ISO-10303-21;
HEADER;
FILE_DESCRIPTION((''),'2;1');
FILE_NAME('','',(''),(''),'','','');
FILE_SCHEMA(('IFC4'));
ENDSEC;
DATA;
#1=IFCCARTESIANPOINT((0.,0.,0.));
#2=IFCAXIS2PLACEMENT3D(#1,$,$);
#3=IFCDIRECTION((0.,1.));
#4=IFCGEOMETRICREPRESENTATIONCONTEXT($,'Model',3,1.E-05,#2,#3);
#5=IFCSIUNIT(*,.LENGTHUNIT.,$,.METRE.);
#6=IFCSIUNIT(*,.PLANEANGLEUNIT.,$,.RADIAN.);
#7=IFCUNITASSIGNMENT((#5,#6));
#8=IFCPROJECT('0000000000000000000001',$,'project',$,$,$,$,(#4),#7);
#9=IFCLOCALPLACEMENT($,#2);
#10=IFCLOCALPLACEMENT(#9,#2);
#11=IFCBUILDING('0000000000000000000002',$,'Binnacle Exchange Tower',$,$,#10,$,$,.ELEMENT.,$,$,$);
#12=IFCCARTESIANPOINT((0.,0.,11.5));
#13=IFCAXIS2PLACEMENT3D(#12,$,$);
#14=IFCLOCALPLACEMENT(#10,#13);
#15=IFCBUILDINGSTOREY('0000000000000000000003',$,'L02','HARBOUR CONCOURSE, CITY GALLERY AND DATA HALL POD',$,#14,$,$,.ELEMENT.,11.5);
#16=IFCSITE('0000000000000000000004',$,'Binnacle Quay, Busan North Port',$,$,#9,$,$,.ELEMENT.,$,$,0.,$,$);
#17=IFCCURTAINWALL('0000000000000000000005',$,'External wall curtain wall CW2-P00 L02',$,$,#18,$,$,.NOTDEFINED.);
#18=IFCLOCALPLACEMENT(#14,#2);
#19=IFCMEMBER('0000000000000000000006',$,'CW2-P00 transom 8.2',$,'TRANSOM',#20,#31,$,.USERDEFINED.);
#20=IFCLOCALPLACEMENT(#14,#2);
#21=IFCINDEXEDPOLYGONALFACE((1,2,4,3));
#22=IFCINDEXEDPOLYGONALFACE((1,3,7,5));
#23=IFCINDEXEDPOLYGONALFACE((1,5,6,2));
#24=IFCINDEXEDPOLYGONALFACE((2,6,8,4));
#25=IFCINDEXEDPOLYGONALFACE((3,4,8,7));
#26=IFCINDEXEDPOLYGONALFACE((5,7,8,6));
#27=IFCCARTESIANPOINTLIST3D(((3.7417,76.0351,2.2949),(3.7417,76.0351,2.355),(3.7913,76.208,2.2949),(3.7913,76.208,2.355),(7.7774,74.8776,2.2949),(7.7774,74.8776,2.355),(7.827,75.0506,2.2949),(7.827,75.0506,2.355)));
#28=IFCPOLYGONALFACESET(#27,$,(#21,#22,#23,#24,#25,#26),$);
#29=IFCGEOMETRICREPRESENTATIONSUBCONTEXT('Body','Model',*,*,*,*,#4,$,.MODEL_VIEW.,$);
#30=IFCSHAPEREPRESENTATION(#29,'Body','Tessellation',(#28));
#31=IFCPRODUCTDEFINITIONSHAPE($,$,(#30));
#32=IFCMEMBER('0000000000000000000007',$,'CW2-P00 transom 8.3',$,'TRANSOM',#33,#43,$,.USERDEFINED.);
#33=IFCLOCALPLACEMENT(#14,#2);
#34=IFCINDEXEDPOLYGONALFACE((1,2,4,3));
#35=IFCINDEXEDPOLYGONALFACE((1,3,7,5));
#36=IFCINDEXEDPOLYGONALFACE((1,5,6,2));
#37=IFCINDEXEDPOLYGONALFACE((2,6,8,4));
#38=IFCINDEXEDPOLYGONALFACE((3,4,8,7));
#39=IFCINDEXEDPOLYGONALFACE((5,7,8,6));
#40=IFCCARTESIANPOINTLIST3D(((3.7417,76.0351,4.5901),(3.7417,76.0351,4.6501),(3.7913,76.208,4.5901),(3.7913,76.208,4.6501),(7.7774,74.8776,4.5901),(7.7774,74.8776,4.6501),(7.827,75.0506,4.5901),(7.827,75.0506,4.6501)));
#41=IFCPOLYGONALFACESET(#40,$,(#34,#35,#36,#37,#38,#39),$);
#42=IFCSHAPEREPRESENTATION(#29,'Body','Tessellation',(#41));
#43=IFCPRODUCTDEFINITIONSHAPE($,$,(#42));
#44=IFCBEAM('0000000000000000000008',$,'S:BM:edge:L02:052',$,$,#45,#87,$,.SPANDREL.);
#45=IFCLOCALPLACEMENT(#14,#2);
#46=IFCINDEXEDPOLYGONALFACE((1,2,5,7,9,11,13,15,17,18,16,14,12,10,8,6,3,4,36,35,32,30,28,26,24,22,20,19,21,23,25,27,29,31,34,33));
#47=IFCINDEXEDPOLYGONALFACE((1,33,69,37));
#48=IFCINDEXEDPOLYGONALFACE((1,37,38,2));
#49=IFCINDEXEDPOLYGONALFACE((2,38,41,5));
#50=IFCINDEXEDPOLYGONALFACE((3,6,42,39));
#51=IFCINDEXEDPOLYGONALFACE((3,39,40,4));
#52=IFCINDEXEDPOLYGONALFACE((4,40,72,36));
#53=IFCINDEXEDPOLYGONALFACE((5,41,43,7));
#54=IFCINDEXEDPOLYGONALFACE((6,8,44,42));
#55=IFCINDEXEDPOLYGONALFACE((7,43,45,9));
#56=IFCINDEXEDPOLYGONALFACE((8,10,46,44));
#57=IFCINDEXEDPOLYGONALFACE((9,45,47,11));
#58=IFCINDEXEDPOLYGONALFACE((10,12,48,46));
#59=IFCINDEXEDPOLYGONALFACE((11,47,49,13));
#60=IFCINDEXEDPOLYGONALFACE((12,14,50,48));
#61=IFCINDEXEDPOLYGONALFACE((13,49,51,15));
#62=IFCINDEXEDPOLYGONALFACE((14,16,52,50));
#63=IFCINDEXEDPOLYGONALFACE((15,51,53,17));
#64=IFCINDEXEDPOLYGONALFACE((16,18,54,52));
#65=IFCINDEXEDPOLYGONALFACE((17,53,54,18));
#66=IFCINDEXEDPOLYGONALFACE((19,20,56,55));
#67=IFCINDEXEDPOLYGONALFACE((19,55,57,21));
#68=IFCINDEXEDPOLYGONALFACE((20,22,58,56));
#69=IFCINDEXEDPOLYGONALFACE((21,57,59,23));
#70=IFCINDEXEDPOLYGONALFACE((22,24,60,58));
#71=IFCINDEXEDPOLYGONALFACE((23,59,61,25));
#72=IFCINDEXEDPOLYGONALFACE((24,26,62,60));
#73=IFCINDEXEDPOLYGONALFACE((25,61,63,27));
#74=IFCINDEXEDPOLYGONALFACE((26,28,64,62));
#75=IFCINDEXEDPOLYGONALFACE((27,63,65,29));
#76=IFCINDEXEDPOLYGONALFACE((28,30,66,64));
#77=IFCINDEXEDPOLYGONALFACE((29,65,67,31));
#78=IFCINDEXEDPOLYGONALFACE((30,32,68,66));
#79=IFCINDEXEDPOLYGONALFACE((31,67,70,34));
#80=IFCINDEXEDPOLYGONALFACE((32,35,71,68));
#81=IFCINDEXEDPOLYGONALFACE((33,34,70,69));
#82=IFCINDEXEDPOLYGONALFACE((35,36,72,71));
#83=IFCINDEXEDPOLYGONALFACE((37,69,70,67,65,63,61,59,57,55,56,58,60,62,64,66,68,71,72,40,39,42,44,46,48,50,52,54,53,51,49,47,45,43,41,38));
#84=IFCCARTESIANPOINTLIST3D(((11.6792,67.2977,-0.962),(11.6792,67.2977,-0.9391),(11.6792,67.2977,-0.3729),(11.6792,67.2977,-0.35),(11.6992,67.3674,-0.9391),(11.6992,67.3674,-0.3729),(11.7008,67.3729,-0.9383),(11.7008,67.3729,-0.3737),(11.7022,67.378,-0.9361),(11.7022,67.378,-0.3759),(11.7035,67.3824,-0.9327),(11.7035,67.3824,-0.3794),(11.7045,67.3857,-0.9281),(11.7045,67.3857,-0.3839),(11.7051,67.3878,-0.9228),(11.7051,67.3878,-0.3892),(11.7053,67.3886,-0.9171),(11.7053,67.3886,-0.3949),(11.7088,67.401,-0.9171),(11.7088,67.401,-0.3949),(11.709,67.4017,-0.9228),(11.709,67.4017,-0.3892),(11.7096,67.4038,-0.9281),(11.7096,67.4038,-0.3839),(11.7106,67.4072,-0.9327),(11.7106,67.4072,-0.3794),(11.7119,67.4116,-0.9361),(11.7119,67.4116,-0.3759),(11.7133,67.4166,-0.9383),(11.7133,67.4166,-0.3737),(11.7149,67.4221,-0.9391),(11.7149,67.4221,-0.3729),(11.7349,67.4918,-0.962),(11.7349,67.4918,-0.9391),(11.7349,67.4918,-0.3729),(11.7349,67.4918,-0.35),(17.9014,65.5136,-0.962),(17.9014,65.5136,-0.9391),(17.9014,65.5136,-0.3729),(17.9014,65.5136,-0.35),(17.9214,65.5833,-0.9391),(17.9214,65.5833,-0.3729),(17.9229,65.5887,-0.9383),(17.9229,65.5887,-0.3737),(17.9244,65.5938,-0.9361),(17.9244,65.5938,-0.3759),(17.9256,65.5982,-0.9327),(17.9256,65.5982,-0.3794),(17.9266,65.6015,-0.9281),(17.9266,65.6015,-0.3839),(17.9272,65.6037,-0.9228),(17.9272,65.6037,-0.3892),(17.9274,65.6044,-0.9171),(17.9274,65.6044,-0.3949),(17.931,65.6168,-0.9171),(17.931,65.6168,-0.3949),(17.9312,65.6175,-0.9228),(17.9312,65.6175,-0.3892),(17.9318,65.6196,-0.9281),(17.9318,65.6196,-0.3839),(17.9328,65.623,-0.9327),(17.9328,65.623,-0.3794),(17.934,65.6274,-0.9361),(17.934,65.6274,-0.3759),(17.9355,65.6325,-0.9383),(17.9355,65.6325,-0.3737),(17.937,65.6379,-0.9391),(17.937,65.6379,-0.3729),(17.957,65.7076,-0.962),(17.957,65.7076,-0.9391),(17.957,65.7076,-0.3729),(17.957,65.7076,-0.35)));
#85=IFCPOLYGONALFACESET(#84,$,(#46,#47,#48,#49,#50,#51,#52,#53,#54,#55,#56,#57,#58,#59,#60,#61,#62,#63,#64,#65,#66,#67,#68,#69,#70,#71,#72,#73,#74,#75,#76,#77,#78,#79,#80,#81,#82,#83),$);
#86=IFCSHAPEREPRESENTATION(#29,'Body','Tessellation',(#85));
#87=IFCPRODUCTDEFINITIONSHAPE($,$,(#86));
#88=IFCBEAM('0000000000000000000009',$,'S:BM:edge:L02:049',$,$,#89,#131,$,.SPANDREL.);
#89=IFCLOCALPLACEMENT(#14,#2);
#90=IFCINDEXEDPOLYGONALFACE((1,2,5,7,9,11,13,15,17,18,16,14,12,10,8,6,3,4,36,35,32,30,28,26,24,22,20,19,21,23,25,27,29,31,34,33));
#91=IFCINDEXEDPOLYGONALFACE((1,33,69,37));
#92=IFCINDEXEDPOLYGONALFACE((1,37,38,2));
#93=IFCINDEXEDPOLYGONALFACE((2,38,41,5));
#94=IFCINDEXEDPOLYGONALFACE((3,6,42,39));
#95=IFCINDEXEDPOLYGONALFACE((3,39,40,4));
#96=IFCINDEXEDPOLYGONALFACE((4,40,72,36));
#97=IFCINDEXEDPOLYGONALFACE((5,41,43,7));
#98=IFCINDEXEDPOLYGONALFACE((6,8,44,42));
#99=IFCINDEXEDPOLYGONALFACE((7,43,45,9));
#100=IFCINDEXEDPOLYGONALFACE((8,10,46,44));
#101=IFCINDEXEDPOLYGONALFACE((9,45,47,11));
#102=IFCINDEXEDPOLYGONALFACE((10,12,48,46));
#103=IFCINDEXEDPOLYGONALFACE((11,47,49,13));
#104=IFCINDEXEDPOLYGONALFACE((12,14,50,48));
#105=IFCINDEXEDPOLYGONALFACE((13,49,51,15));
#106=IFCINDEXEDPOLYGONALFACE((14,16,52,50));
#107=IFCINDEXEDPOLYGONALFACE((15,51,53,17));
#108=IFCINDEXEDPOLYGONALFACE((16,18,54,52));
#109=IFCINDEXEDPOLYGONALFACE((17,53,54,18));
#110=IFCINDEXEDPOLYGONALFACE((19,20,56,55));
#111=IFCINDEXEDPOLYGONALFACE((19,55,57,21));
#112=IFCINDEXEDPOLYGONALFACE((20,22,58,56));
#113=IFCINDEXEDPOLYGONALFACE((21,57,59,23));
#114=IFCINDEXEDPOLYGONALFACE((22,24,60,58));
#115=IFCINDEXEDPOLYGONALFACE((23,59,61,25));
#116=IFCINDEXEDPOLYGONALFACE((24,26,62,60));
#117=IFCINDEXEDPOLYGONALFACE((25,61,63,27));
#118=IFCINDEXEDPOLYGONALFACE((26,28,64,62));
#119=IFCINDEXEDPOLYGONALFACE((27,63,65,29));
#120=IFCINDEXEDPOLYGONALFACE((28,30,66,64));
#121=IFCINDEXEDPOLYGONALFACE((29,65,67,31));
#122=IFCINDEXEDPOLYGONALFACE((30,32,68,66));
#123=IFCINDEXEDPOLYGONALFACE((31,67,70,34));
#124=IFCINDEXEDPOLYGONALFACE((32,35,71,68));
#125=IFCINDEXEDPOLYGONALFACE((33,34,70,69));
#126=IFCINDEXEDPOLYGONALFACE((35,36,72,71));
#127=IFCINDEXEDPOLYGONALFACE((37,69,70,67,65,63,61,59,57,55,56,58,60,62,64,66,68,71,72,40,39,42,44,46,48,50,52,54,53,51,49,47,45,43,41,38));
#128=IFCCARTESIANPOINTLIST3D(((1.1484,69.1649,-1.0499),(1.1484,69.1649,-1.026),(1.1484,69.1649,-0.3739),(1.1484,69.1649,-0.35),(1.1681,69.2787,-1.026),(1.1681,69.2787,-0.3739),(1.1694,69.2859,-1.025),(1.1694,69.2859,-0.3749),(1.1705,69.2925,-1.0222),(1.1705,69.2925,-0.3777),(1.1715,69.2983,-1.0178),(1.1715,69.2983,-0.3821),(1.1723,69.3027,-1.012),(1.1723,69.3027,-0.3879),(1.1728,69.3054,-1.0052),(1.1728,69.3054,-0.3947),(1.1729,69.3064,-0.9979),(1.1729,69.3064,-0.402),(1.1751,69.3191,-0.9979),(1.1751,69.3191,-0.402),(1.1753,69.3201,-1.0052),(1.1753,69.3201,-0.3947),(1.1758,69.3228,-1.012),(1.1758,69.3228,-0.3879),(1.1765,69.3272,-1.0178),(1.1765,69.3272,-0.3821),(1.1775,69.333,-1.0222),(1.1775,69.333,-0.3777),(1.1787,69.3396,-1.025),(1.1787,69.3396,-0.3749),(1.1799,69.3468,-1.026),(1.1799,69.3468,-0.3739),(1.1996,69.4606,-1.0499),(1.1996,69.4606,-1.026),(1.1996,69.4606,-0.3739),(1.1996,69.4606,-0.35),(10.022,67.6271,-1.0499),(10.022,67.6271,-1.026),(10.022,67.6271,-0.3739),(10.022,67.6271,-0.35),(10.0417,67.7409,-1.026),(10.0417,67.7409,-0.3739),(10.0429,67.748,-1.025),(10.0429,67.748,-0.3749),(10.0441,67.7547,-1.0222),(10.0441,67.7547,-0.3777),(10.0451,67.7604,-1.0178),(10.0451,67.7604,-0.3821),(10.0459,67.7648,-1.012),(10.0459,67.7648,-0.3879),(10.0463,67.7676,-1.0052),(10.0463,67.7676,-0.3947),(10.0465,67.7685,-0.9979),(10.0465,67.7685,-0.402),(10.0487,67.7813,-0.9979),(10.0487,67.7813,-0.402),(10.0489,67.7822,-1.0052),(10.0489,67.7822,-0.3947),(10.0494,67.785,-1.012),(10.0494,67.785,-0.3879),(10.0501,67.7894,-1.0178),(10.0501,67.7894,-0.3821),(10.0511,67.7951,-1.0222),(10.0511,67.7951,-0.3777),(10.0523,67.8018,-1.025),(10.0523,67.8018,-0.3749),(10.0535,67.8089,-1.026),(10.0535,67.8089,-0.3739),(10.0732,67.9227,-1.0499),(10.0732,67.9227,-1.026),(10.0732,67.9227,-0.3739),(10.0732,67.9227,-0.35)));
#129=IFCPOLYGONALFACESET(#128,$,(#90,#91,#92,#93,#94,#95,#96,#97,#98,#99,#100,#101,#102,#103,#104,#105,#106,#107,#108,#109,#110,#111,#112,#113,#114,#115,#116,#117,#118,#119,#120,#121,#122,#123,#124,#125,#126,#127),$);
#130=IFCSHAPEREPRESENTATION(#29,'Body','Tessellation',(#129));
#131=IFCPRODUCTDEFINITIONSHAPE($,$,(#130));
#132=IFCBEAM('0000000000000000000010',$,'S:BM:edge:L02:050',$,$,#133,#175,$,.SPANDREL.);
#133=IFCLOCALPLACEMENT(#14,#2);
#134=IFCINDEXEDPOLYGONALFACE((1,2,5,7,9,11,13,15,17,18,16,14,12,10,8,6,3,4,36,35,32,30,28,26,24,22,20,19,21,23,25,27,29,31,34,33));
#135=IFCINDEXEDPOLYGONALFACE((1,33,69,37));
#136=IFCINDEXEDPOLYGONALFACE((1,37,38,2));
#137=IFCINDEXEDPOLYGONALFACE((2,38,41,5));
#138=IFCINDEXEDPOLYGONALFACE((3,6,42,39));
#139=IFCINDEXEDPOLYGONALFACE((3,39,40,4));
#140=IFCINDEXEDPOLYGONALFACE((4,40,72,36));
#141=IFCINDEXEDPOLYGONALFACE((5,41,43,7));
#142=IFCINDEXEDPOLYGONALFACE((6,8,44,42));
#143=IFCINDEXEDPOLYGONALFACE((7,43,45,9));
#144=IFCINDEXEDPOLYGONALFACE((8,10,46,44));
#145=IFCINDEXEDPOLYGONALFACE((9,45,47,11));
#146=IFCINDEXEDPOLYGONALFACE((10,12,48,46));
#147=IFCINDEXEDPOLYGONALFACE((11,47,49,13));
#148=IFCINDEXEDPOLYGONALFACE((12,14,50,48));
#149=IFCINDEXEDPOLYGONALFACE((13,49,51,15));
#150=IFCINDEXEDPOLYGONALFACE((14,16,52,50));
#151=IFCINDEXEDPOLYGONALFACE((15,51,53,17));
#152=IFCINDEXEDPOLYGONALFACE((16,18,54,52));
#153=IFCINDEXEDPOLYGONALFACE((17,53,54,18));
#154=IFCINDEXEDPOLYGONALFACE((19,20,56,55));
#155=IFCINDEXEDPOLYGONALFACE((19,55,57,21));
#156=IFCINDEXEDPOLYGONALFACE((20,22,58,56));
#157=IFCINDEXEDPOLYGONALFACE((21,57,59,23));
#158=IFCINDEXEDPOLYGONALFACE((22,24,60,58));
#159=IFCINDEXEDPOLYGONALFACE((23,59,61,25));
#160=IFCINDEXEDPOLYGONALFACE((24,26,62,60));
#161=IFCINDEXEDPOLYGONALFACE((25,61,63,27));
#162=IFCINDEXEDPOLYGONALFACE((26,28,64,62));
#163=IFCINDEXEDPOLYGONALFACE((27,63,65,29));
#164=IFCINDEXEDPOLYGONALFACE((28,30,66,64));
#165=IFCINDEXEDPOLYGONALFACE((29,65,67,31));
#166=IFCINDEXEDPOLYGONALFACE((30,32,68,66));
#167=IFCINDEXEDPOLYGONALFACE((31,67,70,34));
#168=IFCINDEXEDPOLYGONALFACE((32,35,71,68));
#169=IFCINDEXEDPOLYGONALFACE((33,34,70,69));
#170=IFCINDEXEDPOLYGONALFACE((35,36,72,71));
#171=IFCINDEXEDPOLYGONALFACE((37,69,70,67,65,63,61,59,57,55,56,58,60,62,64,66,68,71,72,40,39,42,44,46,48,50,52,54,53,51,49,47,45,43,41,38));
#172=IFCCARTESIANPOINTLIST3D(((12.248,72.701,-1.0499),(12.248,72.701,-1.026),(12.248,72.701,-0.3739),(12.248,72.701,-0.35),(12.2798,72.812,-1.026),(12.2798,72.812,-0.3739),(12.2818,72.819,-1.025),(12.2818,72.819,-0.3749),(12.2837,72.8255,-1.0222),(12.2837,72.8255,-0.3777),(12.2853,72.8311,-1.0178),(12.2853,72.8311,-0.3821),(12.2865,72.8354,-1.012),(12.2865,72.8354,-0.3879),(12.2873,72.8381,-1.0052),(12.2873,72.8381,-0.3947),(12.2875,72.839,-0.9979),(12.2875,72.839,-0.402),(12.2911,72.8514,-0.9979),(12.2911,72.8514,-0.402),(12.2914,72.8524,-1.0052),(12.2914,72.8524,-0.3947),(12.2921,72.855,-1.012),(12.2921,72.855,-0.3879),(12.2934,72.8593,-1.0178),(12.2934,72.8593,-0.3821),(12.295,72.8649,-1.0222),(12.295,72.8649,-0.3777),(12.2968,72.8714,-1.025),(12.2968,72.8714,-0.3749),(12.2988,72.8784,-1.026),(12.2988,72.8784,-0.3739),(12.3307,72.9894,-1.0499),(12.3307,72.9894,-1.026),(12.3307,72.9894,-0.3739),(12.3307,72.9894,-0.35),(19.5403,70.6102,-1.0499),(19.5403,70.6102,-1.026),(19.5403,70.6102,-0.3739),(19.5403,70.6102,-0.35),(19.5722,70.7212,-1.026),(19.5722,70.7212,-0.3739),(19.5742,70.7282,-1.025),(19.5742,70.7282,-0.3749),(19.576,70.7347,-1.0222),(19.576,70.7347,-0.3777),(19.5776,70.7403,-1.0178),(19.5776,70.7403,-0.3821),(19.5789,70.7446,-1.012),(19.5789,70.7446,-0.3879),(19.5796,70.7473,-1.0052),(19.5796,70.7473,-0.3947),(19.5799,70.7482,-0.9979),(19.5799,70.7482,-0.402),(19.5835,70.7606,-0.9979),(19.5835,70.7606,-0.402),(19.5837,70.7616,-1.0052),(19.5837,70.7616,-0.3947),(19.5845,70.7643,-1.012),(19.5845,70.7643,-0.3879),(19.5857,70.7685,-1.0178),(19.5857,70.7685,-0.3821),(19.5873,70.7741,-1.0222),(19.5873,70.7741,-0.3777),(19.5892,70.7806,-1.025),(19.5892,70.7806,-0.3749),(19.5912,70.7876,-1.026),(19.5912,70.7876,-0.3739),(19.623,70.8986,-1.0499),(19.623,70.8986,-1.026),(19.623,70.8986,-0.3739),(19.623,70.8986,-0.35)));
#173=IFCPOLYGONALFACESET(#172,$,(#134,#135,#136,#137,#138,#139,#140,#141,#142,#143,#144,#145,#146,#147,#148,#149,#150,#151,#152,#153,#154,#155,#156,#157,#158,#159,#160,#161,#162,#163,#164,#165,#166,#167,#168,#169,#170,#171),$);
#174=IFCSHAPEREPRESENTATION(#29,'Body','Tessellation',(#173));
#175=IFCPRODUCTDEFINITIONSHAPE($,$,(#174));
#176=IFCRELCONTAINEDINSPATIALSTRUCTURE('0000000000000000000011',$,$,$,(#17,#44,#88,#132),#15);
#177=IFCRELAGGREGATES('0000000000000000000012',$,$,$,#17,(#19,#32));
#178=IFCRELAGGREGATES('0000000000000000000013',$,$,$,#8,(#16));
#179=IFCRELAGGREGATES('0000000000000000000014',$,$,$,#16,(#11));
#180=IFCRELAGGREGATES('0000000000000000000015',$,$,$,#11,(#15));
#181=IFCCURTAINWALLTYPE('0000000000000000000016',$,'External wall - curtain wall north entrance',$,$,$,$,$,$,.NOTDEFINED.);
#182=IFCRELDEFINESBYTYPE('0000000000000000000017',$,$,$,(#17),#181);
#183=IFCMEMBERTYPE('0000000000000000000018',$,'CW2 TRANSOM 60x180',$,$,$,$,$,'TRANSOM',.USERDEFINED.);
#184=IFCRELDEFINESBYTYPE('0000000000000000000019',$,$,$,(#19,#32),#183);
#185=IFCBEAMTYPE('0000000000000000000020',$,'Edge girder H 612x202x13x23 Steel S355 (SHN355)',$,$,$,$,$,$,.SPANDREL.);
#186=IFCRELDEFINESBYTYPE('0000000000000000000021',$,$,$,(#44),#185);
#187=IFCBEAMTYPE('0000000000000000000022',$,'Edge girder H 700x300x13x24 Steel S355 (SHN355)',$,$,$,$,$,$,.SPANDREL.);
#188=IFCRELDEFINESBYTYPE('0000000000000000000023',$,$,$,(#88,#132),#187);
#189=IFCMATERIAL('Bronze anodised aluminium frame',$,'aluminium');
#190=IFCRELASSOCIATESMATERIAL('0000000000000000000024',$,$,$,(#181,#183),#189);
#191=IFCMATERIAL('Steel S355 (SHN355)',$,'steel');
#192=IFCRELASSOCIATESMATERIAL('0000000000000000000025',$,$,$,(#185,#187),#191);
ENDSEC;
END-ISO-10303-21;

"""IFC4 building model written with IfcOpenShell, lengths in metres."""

from ifc_helpers import new_model, si_unit, direction, frame, origin, origin_2d, place, context, subcontext, project, spatial, rectangle, i_section, extrude, material, material_profile, profile_set, type_object, element, aggregate, save


model = new_model("IFC4")

# Units and contexts
model_context = context("Model", 3, precision=1e-05, world=origin(), true_north=direction((0.0, 1.0)))
body_context = subcontext(model_context, "Body", "Model", "MODEL_VIEW")
ifc_project = project(units=[si_unit("LENGTHUNIT", "METRE"), si_unit("PLANEANGLEUNIT", "RADIAN")], contexts=[model_context])

# Site, building, storey
site_placement = place(None, origin())
site = spatial("IfcSite", under=ifc_project, at=site_placement, Name="Binnacle Quay, Busan North Port", CompositionType="ELEMENT", RefElevation=0.0)
building_placement = place(site_placement, origin())
building = spatial("IfcBuilding", under=site, at=building_placement, Name="Binnacle Exchange Tower", CompositionType="ELEMENT")
storey_placement = place(building_placement, frame((0.0, 0.0, 11.5)))
storey = spatial("IfcBuildingStorey", under=building, at=storey_placement, Name="L02", Description="HARBOUR CONCOURSE, CITY GALLERY AND DATA HALL POD", CompositionType="ELEMENT", Elevation=11.5)

# Curtain wall, members
ifc_material_1 = material(Name="Bronze anodised aluminium frame", Category="aluminium")
curtain_wall_type = type_object("IfcCurtainWallType", Name="External wall - curtain wall north entrance", PredefinedType="NOTDEFINED", material=ifc_material_1)
curtain_wall_placement = place(storey_placement, origin())
curtain_wall = element("IfcCurtainWall", 1, at=curtain_wall_placement, inside=storey, type_object=curtain_wall_type, Name="External wall curtain wall CW2-P00 L02", PredefinedType="NOTDEFINED")
ifc_material_profile_1 = material_profile(ifc_material_1, rectangle(XDim=0.1799, YDim=0.0601, at=origin_2d()), Name="AL 180x60")
ifc_profile_set_1 = profile_set([ifc_material_profile_1], Name="Bronze anodised aluminium frame")
member_type_1 = type_object("IfcMemberType", Name="CW2 TRANSOM 60x180", ElementType="TRANSOM", PredefinedType="USERDEFINED", material=ifc_profile_set_1)
member_1_placement = place(storey_placement, frame((7.8022, 74.9641, 2.325), z_axis=(-0.961249, 0.275681, 0.0), x_axis=(-0.275681, -0.961249, 0.0)))
member_1 = element("IfcMember", 2, at=member_1_placement, type_object=member_type_1, Name="CW2-P00 transom 8.2", ObjectType="TRANSOM", PredefinedType="USERDEFINED", context=body_context, shape_type="SweptSolid", body=[
    extrude(rectangle(XDim=0.1799, YDim=0.0601, at=origin_2d()), origin(), (0.0, 0.0, 1.0), 4.1985),
])
member_2_placement = place(storey_placement, frame((7.8022, 74.9641, 4.6201), z_axis=(-0.961249, 0.275681, 0.0), x_axis=(-0.275681, -0.961249, 0.0)))
member_2 = element("IfcMember", 3, at=member_2_placement, type_object=member_type_1, Name="CW2-P00 transom 8.3", ObjectType="TRANSOM", PredefinedType="USERDEFINED", context=body_context, shape_type="SweptSolid", body=[
    extrude(rectangle(XDim=0.1799, YDim=0.0601, at=origin_2d()), origin(), (0.0, 0.0, 1.0), 4.1985),
])

# Beams
ifc_material_2 = material(Name="Steel S355 (SHN355)", Category="steel")
ifc_material_profile_2 = material_profile(ifc_material_2, i_section(OverallWidth=0.2019, OverallDepth=0.6121, WebThickness=0.0129, FlangeThickness=0.0229, FilletRadius=0.022, at=origin_2d()), Name="H 612x202x13x23")
ifc_profile_set_2 = profile_set([ifc_material_profile_2], Name="Steel S355 (SHN355)")
beam_type_1 = type_object("IfcBeamType", Name="Edge girder H 612x202x13x23 Steel S355 (SHN355)", PredefinedType="SPANDREL", material=ifc_profile_set_2)
beam_1_placement = place(storey_placement, frame((17.9292, 65.6106, -0.656), z_axis=(-0.961262, 0.275638, 0.0), x_axis=(-0.275638, -0.961262, 0.0)))
element("IfcBeam", 4, at=beam_1_placement, inside=storey, type_object=beam_type_1, Name="S:BM:edge:L02:052", PredefinedType="SPANDREL", context=body_context, shape_type="SweptSolid", body=[
    extrude(i_section(OverallWidth=0.2019, OverallDepth=0.6121, WebThickness=0.0129, FlangeThickness=0.0229, FilletRadius=0.022, at=origin_2d()), origin(), (0.0, 0.0, 1.0), 6.4729),
])
ifc_material_profile_3 = material_profile(ifc_material_2, i_section(OverallWidth=0.3, OverallDepth=0.7, WebThickness=0.0129, FlangeThickness=0.0239, FilletRadius=0.0281, at=origin_2d()), Name="H 700x300x13x24")
ifc_profile_set_3 = profile_set([ifc_material_profile_3], Name="Steel S355 (SHN355)")
beam_type_2 = type_object("IfcBeamType", Name="Edge girder H 700x300x13x24 Steel S355 (SHN355)", PredefinedType="SPANDREL", material=ifc_profile_set_3)
beam_2_placement = place(storey_placement, frame((10.0476, 67.7749, -0.7), z_axis=(-0.985312, 0.170761, 0.0), x_axis=(-0.170761, -0.985312, 0.0)))
element("IfcBeam", 5, at=beam_2_placement, inside=storey, type_object=beam_type_2, Name="S:BM:edge:L02:049", PredefinedType="SPANDREL", context=body_context, shape_type="SweptSolid", body=[
    extrude(i_section(OverallWidth=0.3, OverallDepth=0.7, WebThickness=0.0129, FlangeThickness=0.0239, FilletRadius=0.0281, at=origin_2d()), origin(), (0.0, 0.0, 1.0), 9.0059),
])
beam_3_placement = place(storey_placement, frame((12.2893, 72.8452, -0.7), z_axis=(0.961271, -0.275605, 0.0), x_axis=(0.275605, 0.961271, 0.0)))
element("IfcBeam", 6, at=beam_3_placement, inside=storey, type_object=beam_type_2, Name="S:BM:edge:L02:050", PredefinedType="SPANDREL", context=body_context, shape_type="SweptSolid", body=[
    extrude(i_section(OverallWidth=0.3, OverallDepth=0.7, WebThickness=0.0129, FlangeThickness=0.0239, FilletRadius=0.0281, at=origin_2d()), origin(), (0.0, 0.0, 1.0), 7.5862),
])

aggregate(curtain_wall, [member_1, member_2])

save(model, "model.ifc")
